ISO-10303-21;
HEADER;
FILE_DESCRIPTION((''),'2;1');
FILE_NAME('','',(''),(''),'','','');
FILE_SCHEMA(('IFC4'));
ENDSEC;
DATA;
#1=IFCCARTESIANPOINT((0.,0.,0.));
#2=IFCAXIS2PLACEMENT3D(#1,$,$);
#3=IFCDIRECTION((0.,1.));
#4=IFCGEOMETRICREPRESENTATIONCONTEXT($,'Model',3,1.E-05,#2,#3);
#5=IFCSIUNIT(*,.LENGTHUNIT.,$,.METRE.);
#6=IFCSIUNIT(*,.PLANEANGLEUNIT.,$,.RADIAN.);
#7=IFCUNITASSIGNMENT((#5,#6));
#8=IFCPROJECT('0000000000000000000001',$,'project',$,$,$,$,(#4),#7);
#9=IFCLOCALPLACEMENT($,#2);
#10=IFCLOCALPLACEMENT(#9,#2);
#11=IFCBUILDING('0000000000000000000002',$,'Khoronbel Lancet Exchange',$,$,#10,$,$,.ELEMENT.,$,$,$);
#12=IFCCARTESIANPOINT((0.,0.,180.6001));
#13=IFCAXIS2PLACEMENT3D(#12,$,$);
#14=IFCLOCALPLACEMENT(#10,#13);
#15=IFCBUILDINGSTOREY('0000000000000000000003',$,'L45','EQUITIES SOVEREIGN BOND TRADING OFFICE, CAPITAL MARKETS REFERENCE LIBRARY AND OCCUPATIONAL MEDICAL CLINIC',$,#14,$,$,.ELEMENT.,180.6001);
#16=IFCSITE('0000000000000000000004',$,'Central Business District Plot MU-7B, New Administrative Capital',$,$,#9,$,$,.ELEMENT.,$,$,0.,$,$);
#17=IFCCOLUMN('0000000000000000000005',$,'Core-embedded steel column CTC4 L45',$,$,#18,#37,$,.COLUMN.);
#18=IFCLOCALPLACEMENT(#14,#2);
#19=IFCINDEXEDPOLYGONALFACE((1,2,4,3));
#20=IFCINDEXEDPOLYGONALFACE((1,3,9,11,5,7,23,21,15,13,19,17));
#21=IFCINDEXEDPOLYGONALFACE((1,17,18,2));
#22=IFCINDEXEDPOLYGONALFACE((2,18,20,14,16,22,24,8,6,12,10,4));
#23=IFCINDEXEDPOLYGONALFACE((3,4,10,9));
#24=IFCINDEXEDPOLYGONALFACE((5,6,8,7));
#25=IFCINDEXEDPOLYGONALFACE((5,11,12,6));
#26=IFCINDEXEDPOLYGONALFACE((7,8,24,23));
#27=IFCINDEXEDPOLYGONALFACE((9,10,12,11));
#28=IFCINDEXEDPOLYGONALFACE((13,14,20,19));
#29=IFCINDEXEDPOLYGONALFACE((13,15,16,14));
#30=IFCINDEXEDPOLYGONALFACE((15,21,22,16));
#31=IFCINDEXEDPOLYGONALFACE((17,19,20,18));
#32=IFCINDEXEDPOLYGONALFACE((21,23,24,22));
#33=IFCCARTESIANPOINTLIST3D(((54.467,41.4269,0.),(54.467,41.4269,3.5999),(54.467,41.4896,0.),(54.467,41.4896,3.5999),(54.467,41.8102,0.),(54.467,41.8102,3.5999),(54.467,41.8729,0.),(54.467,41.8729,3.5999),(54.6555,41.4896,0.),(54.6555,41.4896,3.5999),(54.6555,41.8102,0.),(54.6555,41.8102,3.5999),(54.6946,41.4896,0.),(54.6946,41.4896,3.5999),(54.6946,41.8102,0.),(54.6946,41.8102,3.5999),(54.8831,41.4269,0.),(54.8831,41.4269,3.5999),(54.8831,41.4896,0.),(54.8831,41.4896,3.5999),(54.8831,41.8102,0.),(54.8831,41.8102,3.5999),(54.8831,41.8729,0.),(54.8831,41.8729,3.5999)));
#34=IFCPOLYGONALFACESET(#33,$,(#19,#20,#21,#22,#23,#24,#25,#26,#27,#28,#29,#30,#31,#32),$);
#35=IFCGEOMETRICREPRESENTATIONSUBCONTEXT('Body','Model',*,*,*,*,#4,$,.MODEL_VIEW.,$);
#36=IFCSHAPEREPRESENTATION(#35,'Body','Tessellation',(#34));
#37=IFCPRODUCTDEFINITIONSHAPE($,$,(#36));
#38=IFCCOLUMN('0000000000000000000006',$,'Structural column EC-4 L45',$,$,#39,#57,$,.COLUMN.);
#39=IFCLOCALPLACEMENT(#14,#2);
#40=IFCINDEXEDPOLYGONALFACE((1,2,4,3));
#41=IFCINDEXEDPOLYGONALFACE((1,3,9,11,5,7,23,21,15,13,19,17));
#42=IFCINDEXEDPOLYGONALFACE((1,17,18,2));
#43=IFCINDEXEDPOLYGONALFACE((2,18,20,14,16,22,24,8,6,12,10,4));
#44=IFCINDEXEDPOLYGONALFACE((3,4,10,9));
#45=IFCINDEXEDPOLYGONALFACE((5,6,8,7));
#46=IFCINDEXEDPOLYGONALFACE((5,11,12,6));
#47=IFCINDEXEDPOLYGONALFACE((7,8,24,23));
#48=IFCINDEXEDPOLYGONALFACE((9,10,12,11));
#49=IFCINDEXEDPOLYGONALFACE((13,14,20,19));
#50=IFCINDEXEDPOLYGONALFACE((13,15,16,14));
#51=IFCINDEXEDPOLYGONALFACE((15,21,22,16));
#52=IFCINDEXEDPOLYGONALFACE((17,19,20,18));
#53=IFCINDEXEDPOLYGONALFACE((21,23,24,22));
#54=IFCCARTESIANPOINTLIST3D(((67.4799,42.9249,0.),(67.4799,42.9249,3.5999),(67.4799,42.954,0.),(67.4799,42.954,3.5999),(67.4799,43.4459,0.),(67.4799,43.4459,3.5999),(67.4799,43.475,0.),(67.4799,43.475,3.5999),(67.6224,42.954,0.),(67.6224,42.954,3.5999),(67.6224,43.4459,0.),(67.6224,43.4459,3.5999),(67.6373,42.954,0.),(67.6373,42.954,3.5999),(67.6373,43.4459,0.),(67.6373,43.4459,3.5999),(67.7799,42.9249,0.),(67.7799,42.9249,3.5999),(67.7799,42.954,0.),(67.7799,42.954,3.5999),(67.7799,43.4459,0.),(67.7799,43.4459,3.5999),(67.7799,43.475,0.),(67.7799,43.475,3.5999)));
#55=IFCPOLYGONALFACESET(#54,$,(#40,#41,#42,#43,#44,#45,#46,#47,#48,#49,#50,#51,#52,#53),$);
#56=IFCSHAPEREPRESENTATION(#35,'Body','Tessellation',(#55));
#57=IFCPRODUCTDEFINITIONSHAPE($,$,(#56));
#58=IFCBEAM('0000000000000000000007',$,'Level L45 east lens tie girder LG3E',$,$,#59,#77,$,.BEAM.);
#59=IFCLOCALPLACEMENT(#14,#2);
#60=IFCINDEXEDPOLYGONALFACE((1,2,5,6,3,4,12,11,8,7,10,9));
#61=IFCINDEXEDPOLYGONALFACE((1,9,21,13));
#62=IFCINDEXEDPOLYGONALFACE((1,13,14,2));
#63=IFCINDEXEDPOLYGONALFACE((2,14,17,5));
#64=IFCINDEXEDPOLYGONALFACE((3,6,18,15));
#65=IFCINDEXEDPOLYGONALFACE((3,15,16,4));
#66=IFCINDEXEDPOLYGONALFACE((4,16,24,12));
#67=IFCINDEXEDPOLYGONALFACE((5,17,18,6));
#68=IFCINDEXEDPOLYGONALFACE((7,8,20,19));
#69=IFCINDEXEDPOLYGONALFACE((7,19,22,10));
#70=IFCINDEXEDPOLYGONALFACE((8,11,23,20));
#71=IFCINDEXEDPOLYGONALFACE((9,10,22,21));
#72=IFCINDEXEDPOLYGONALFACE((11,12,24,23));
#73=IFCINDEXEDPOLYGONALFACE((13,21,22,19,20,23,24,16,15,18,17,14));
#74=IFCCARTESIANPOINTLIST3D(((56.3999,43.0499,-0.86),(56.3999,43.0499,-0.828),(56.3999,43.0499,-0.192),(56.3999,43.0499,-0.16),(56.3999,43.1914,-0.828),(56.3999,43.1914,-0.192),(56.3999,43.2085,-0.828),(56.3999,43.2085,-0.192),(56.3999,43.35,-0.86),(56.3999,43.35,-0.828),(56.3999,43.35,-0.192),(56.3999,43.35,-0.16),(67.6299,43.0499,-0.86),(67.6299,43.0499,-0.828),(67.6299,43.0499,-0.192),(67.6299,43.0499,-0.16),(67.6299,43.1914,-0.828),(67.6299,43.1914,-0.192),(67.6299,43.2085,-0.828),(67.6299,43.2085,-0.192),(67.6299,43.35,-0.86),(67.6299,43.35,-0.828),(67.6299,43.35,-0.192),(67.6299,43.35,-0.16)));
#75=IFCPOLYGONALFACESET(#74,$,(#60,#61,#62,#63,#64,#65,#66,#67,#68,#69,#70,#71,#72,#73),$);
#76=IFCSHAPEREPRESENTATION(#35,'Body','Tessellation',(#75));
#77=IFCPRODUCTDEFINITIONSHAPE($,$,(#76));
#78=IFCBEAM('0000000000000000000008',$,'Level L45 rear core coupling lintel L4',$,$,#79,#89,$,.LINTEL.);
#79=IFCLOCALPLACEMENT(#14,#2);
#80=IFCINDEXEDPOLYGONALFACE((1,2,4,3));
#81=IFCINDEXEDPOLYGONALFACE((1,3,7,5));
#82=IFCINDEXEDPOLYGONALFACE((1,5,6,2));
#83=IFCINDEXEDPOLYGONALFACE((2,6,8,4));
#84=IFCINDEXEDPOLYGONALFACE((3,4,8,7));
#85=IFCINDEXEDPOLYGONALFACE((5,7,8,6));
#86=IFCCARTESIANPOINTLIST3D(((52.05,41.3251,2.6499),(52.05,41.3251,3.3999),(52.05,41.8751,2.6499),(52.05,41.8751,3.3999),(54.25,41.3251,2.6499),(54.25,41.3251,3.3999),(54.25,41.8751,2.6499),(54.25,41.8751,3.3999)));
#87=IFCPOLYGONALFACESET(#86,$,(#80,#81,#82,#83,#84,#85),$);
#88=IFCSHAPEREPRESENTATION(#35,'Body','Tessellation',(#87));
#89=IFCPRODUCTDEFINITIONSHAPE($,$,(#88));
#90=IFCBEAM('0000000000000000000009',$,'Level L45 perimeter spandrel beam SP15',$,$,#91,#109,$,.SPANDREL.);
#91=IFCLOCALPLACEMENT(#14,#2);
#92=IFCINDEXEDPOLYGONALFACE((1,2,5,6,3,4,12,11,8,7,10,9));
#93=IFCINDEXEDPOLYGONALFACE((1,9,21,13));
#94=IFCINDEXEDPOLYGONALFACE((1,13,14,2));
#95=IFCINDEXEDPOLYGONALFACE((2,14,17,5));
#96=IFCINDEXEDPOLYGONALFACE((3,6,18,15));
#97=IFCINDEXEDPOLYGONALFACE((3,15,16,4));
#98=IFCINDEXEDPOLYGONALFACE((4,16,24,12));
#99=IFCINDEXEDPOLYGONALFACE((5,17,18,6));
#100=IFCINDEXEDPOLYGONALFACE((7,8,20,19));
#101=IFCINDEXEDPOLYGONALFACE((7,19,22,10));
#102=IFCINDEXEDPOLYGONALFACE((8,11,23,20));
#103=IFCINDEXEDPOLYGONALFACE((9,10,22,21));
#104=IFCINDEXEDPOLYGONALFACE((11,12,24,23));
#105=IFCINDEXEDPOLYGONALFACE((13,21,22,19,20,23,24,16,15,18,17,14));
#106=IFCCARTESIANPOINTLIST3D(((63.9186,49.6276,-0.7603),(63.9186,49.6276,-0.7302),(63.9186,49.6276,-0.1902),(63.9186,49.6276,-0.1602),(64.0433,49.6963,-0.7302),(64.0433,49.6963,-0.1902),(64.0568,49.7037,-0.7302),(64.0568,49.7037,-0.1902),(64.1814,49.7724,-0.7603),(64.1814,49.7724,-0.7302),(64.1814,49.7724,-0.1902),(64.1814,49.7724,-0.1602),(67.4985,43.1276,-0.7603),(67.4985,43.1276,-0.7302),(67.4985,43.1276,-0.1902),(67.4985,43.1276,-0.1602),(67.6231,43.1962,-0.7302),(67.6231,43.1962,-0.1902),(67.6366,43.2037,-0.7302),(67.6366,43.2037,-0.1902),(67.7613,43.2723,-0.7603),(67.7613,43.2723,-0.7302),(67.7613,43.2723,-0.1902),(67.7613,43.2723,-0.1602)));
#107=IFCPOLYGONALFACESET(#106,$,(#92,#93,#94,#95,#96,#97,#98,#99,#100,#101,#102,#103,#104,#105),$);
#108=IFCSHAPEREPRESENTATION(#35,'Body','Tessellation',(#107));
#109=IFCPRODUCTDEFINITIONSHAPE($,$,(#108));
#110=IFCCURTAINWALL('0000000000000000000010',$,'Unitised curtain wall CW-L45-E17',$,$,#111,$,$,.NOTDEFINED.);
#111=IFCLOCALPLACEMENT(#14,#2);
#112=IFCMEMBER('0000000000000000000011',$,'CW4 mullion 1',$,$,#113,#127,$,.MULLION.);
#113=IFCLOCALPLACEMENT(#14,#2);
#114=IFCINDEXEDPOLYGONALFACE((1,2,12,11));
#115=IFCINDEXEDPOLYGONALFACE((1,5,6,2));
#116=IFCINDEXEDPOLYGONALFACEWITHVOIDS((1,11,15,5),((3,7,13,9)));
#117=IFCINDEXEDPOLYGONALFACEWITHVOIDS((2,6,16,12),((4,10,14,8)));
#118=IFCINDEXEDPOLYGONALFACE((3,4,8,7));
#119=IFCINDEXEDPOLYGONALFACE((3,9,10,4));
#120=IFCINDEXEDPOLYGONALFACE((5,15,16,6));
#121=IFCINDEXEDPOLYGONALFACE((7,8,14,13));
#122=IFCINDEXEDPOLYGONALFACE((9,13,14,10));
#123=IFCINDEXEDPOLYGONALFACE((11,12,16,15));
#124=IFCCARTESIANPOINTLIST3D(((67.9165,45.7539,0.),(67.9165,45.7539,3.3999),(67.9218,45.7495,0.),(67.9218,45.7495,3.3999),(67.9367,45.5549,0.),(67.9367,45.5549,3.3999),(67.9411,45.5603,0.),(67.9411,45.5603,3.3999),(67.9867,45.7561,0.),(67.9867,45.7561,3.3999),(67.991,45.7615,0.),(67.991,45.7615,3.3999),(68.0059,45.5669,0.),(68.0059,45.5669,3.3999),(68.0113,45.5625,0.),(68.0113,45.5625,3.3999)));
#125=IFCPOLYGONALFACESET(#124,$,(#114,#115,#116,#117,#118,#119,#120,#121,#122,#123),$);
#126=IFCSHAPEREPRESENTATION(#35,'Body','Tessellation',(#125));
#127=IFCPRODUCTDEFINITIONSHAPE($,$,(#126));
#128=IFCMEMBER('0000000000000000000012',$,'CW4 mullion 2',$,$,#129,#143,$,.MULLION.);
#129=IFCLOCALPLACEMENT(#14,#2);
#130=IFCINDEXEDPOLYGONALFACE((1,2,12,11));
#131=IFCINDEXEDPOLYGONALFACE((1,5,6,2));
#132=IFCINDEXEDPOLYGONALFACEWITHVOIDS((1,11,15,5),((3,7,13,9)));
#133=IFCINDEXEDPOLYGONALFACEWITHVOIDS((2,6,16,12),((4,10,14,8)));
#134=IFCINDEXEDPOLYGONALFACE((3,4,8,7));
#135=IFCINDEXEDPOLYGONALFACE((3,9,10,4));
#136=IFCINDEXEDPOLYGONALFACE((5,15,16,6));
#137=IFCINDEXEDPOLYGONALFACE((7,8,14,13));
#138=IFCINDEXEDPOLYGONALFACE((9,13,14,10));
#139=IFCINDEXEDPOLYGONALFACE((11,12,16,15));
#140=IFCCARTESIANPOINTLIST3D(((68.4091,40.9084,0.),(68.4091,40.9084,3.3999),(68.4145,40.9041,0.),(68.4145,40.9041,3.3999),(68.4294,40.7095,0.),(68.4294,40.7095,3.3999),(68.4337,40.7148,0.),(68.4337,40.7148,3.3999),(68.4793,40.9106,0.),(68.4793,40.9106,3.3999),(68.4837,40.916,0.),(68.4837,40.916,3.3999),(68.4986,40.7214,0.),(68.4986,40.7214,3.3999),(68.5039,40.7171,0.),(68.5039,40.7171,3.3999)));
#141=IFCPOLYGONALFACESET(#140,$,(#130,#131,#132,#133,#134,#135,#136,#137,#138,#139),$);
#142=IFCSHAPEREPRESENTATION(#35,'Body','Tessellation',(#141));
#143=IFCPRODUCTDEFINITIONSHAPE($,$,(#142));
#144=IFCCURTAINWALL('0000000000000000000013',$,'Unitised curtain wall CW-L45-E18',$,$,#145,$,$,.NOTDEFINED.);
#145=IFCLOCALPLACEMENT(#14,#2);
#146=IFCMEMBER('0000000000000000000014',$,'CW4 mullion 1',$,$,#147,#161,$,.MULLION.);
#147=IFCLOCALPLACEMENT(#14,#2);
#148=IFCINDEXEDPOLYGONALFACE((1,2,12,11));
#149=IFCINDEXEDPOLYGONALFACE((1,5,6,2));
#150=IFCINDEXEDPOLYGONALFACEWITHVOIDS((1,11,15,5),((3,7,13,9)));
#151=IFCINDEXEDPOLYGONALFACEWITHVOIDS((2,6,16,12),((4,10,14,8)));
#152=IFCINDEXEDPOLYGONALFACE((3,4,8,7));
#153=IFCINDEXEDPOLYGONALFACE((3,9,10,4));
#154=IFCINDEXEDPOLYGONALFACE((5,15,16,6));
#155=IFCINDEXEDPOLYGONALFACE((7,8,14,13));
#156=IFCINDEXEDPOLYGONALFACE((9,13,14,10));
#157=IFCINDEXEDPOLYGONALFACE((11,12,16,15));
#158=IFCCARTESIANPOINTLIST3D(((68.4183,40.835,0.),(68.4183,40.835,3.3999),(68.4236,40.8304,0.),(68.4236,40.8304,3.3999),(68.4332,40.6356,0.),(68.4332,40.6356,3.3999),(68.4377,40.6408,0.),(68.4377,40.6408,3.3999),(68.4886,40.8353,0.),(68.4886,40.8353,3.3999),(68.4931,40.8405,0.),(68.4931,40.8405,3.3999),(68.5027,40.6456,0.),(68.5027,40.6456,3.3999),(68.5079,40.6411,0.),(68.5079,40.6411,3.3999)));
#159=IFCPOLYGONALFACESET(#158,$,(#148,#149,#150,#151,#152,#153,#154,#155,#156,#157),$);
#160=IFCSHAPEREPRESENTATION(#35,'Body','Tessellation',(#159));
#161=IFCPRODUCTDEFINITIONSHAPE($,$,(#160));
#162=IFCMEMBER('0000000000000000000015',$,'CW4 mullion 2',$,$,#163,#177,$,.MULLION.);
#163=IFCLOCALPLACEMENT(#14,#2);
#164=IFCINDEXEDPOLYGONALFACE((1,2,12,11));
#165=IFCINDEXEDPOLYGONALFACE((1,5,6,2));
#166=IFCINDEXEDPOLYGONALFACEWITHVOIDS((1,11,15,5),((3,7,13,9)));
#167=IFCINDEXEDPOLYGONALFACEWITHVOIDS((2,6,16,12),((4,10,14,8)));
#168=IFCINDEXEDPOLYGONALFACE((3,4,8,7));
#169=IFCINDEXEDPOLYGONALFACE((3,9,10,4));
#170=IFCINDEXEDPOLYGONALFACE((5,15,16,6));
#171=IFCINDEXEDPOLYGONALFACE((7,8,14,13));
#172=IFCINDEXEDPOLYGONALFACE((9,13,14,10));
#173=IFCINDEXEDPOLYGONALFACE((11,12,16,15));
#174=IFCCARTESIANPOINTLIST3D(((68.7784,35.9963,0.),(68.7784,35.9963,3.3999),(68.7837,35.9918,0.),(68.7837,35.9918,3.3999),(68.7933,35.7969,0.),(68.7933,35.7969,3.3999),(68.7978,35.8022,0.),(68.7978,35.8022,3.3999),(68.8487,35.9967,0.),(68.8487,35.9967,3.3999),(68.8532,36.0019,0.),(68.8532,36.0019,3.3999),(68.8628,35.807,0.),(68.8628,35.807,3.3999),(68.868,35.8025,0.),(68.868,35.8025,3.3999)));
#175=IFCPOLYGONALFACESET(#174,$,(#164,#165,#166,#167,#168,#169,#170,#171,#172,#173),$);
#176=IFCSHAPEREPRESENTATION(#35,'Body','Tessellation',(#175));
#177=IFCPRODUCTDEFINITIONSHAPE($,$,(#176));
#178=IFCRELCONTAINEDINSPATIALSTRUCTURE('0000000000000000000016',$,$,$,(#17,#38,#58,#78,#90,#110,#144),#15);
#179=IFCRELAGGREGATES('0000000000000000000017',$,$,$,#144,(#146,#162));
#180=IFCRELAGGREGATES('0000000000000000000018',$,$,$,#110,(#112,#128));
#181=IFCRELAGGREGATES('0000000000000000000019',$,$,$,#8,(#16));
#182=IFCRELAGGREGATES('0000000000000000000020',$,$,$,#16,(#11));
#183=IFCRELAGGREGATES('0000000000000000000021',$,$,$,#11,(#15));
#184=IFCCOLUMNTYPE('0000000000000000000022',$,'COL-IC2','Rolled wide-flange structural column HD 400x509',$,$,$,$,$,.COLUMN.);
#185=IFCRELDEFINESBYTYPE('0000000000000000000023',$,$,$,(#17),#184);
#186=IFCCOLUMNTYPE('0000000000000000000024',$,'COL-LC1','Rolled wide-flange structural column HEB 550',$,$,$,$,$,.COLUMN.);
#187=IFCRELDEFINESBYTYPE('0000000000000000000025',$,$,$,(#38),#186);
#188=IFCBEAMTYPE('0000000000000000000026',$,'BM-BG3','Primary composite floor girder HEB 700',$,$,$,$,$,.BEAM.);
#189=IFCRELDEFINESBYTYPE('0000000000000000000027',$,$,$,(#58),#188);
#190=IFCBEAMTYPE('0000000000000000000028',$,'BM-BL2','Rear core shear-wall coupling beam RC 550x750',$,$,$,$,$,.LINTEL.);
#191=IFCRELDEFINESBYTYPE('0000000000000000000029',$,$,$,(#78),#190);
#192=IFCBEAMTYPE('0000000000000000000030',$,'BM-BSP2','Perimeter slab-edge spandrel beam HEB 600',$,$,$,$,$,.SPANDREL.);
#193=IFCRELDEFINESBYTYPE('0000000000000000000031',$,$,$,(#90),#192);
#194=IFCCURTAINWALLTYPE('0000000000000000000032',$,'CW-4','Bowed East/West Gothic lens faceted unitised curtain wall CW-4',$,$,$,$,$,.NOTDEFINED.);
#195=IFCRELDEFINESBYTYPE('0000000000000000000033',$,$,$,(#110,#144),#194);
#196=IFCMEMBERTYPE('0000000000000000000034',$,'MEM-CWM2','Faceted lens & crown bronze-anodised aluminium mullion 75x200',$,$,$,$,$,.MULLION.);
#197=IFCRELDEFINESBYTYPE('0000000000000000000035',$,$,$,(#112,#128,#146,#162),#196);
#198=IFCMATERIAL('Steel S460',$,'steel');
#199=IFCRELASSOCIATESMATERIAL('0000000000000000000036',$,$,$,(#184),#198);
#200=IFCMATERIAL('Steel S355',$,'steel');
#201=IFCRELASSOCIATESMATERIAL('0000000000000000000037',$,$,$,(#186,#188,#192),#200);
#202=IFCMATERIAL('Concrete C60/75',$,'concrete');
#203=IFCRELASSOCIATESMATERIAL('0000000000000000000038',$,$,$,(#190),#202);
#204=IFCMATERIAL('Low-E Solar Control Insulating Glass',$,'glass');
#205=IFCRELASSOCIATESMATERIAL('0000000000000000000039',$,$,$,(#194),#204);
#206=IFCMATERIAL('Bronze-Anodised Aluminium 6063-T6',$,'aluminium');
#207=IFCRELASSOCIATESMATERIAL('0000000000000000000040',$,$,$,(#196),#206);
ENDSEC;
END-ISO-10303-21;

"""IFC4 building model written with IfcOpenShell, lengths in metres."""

from ifc_helpers import new_model, si_unit, direction, frame, origin, origin_2d, place, context, subcontext, project, spatial, rectangle, hollow_rectangle, i_section, extrude, material, material_profile, profile_set, type_object, element, aggregate, save


model = new_model("IFC4")

# Units and contexts
model_context = context("Model", 3, precision=1e-05, world=origin(), true_north=direction((0.0, 1.0)))
body_context = subcontext(model_context, "Body", "Model", "MODEL_VIEW")
ifc_project = project(units=[si_unit("LENGTHUNIT", "METRE"), si_unit("PLANEANGLEUNIT", "RADIAN")], contexts=[model_context])

# Site, building, storey
site_placement = place(None, origin())
site = spatial("IfcSite", under=ifc_project, at=site_placement, Name="Central Business District Plot MU-7B, New Administrative Capital", CompositionType="ELEMENT", RefElevation=0.0)
building_placement = place(site_placement, origin())
building = spatial("IfcBuilding", under=site, at=building_placement, Name="Khoronbel Lancet Exchange", CompositionType="ELEMENT")
storey_placement = place(building_placement, frame((0.0, 0.0, 180.6001)))
storey = spatial("IfcBuildingStorey", under=building, at=storey_placement, Name="L45", Description="EQUITIES SOVEREIGN BOND TRADING OFFICE, CAPITAL MARKETS REFERENCE LIBRARY AND OCCUPATIONAL MEDICAL CLINIC", CompositionType="ELEMENT", Elevation=180.6001)

# Columns
ifc_material_1 = material(Name="Steel S460", Category="steel")
ifc_material_profile_1 = material_profile(ifc_material_1, i_section(OverallWidth=0.416, OverallDepth=0.446, WebThickness=0.0391, FlangeThickness=0.0627, at=origin_2d()), Name="HD 400x509")
ifc_profile_set_1 = profile_set([ifc_material_profile_1], Name="Steel S460")
column_type_1 = type_object("IfcColumnType", Name="COL-IC2", Description="Rolled wide-flange structural column HD 400x509", PredefinedType="COLUMN", material=ifc_profile_set_1)
column_1_placement = place(storey_placement, frame((54.675, 41.6499, 0.0), z_axis=(0.0, 0.0, 1.0), x_axis=(1.0, 0.0, 0.0)))
element("IfcColumn", 1, at=column_1_placement, inside=storey, type_object=column_type_1, Name="Core-embedded steel column CTC4 L45", PredefinedType="COLUMN", context=body_context, shape_type="SweptSolid", body=[
    extrude(i_section(OverallWidth=0.416, OverallDepth=0.446, WebThickness=0.0391, FlangeThickness=0.0627, at=origin_2d()), origin(), (0.0, 0.0, 1.0), 3.5999),
])
ifc_material_2 = material(Name="Steel S355", Category="steel")
ifc_material_profile_2 = material_profile(ifc_material_2, i_section(OverallWidth=0.3, OverallDepth=0.55, WebThickness=0.0149, FlangeThickness=0.0291, at=origin_2d()), Name="HEB 550")
ifc_profile_set_2 = profile_set([ifc_material_profile_2], Name="Steel S355")
column_type_2 = type_object("IfcColumnType", Name="COL-LC1", Description="Rolled wide-flange structural column HEB 550", PredefinedType="COLUMN", material=ifc_profile_set_2)
column_2_placement = place(storey_placement, frame((67.6299, 43.2, 0.0), z_axis=(0.0, 0.0, 1.0), x_axis=(1.0, 0.0, 0.0)))
element("IfcColumn", 2, at=column_2_placement, inside=storey, type_object=column_type_2, Name="Structural column EC-4 L45", PredefinedType="COLUMN", context=body_context, shape_type="SweptSolid", body=[
    extrude(i_section(OverallWidth=0.3, OverallDepth=0.55, WebThickness=0.0149, FlangeThickness=0.0291, at=origin_2d()), origin(), (0.0, 0.0, 1.0), 3.5999),
])

# Beams
ifc_material_profile_3 = material_profile(ifc_material_2, i_section(OverallWidth=0.3, OverallDepth=0.7, WebThickness=0.0171, FlangeThickness=0.032, at=origin_2d()), Name="HEB 700")
ifc_profile_set_3 = profile_set([ifc_material_profile_3], Name="Steel S355")
beam_type_1 = type_object("IfcBeamType", Name="BM-BG3", Description="Primary composite floor girder HEB 700", PredefinedType="BEAM", material=ifc_profile_set_3)
beam_1_placement = place(storey_placement, frame((56.3999, 43.2, -0.51), z_axis=(1.0, 0.0, 0.0), x_axis=(0.0, 1.0, 0.0)))
element("IfcBeam", 3, at=beam_1_placement, inside=storey, type_object=beam_type_1, Name="Level L45 east lens tie girder LG3E", PredefinedType="BEAM", context=body_context, shape_type="SweptSolid", body=[
    extrude(i_section(OverallWidth=0.3, OverallDepth=0.7, WebThickness=0.0171, FlangeThickness=0.032, at=origin_2d()), origin(), (0.0, 0.0, 1.0), 11.23),
])
ifc_material_3 = material(Name="Concrete C60/75", Category="concrete")
ifc_material_profile_4 = material_profile(ifc_material_3, rectangle(XDim=0.55, YDim=0.75, at=origin_2d()), Name="RC 550x750")
ifc_profile_set_4 = profile_set([ifc_material_profile_4], Name="Concrete C60/75")
beam_type_2 = type_object("IfcBeamType", Name="BM-BL2", Description="Rear core shear-wall coupling beam RC 550x750", PredefinedType="LINTEL", material=ifc_profile_set_4)
beam_2_placement = place(storey_placement, frame((52.05, 41.6001, 3.0249), z_axis=(1.0, 0.0, 0.0), x_axis=(0.0, 1.0, 0.0)))
element("IfcBeam", 4, at=beam_2_placement, inside=storey, type_object=beam_type_2, Name="Level L45 rear core coupling lintel L4", PredefinedType="LINTEL", context=body_context, shape_type="SweptSolid", body=[
    extrude(rectangle(XDim=0.55, YDim=0.75, at=origin_2d()), origin(), (0.0, 0.0, 1.0), 2.2),
])
ifc_material_profile_5 = material_profile(ifc_material_2, i_section(OverallWidth=0.3, OverallDepth=0.6001, WebThickness=0.0154, FlangeThickness=0.03, at=origin_2d()), Name="HEB 600")
ifc_profile_set_5 = profile_set([ifc_material_profile_5], Name="Steel S355")
beam_type_3 = type_object("IfcBeamType", Name="BM-BSP2", Description="Perimeter slab-edge spandrel beam HEB 600", PredefinedType="SPANDREL", material=ifc_profile_set_5)
beam_3_placement = place(storey_placement, frame((67.6299, 43.2, -0.4602), z_axis=(-0.482419, 0.875941, 0.0), x_axis=(-0.875941, -0.482419, 0.0)))
element("IfcBeam", 5, at=beam_3_placement, inside=storey, type_object=beam_type_3, Name="Level L45 perimeter spandrel beam SP15", PredefinedType="SPANDREL", context=body_context, shape_type="SweptSolid", body=[
    extrude(i_section(OverallWidth=0.3, OverallDepth=0.6001, WebThickness=0.0154, FlangeThickness=0.03, at=origin_2d()), origin(), (0.0, 0.0, 1.0), 7.4207),
])

# Curtain walls, members
ifc_material_4 = material(Name="Low-E Solar Control Insulating Glass", Category="glass")
curtain_wall_type = type_object("IfcCurtainWallType", Name="CW-4", Description="Bowed East/West Gothic lens faceted unitised curtain wall CW-4", PredefinedType="NOTDEFINED", material=ifc_material_4)
curtain_wall_1_placement = place(storey_placement, origin())
curtain_wall_1 = element("IfcCurtainWall", 6, at=curtain_wall_1_placement, inside=storey, type_object=curtain_wall_type, Name="Unitised curtain wall CW-L45-E17", PredefinedType="NOTDEFINED")
ifc_material_5 = material(Name="Bronze-Anodised Aluminium 6063-T6", Category="aluminium")
ifc_material_profile_6 = material_profile(ifc_material_5, hollow_rectangle(XDim=0.075, YDim=0.2, WallThickness=0.0049, at=origin_2d()), Name="ALU MULLION 75x200")
ifc_profile_set_6 = profile_set([ifc_material_profile_6], Name="Bronze-Anodised Aluminium 6063-T6")
member_type_1 = type_object("IfcMemberType", Name="MEM-CWM2", Description="Faceted lens & crown bronze-anodised aluminium mullion 75x200", PredefinedType="MULLION", material=ifc_profile_set_6)
member_1_placement = place(storey_placement, frame((67.9639, 45.6582, 0.0), z_axis=(0.0, 0.0, 1.0), x_axis=(0.99487, 0.101165, 0.0)))
member_1 = element("IfcMember", 7, at=member_1_placement, type_object=member_type_1, Name="CW4 mullion 1", PredefinedType="MULLION", context=body_context, shape_type="SweptSolid", body=[
    extrude(hollow_rectangle(XDim=0.075, YDim=0.2, WallThickness=0.0049, at=origin_2d()), origin(), (0.0, 0.0, 1.0), 3.3999),
])
member_2_placement = place(storey_placement, frame((68.4565, 40.8127, 0.0), z_axis=(0.0, 0.0, 1.0), x_axis=(0.99487, 0.101165, 0.0)))
member_2 = element("IfcMember", 8, at=member_2_placement, type_object=member_type_1, Name="CW4 mullion 2", PredefinedType="MULLION", context=body_context, shape_type="SweptSolid", body=[
    extrude(hollow_rectangle(XDim=0.075, YDim=0.2, WallThickness=0.0049, at=origin_2d()), origin(), (0.0, 0.0, 1.0), 3.3999),
])
curtain_wall_2_placement = place(storey_placement, origin())
curtain_wall_2 = element("IfcCurtainWall", 9, at=curtain_wall_2_placement, inside=storey, type_object=curtain_wall_type, Name="Unitised curtain wall CW-L45-E18", PredefinedType="NOTDEFINED")
member_3_placement = place(storey_placement, frame((68.4631, 40.738, 0.0), z_axis=(0.0, 0.0, 1.0), x_axis=(0.99724, 0.074245, 0.0)))
member_3 = element("IfcMember", 10, at=member_3_placement, type_object=member_type_1, Name="CW4 mullion 1", PredefinedType="MULLION", context=body_context, shape_type="SweptSolid", body=[
    extrude(hollow_rectangle(XDim=0.075, YDim=0.2, WallThickness=0.0049, at=origin_2d()), origin(), (0.0, 0.0, 1.0), 3.3999),
])
member_4_placement = place(storey_placement, frame((68.8232, 35.8994, 0.0), z_axis=(0.0, 0.0, 1.0), x_axis=(0.99724, 0.074245, 0.0)))
member_4 = element("IfcMember", 11, at=member_4_placement, type_object=member_type_1, Name="CW4 mullion 2", PredefinedType="MULLION", context=body_context, shape_type="SweptSolid", body=[
    extrude(hollow_rectangle(XDim=0.075, YDim=0.2, WallThickness=0.0049, at=origin_2d()), origin(), (0.0, 0.0, 1.0), 3.3999),
])

aggregate(curtain_wall_2, [member_3, member_4])
aggregate(curtain_wall_1, [member_1, member_2])

save(model, "model.ifc")
